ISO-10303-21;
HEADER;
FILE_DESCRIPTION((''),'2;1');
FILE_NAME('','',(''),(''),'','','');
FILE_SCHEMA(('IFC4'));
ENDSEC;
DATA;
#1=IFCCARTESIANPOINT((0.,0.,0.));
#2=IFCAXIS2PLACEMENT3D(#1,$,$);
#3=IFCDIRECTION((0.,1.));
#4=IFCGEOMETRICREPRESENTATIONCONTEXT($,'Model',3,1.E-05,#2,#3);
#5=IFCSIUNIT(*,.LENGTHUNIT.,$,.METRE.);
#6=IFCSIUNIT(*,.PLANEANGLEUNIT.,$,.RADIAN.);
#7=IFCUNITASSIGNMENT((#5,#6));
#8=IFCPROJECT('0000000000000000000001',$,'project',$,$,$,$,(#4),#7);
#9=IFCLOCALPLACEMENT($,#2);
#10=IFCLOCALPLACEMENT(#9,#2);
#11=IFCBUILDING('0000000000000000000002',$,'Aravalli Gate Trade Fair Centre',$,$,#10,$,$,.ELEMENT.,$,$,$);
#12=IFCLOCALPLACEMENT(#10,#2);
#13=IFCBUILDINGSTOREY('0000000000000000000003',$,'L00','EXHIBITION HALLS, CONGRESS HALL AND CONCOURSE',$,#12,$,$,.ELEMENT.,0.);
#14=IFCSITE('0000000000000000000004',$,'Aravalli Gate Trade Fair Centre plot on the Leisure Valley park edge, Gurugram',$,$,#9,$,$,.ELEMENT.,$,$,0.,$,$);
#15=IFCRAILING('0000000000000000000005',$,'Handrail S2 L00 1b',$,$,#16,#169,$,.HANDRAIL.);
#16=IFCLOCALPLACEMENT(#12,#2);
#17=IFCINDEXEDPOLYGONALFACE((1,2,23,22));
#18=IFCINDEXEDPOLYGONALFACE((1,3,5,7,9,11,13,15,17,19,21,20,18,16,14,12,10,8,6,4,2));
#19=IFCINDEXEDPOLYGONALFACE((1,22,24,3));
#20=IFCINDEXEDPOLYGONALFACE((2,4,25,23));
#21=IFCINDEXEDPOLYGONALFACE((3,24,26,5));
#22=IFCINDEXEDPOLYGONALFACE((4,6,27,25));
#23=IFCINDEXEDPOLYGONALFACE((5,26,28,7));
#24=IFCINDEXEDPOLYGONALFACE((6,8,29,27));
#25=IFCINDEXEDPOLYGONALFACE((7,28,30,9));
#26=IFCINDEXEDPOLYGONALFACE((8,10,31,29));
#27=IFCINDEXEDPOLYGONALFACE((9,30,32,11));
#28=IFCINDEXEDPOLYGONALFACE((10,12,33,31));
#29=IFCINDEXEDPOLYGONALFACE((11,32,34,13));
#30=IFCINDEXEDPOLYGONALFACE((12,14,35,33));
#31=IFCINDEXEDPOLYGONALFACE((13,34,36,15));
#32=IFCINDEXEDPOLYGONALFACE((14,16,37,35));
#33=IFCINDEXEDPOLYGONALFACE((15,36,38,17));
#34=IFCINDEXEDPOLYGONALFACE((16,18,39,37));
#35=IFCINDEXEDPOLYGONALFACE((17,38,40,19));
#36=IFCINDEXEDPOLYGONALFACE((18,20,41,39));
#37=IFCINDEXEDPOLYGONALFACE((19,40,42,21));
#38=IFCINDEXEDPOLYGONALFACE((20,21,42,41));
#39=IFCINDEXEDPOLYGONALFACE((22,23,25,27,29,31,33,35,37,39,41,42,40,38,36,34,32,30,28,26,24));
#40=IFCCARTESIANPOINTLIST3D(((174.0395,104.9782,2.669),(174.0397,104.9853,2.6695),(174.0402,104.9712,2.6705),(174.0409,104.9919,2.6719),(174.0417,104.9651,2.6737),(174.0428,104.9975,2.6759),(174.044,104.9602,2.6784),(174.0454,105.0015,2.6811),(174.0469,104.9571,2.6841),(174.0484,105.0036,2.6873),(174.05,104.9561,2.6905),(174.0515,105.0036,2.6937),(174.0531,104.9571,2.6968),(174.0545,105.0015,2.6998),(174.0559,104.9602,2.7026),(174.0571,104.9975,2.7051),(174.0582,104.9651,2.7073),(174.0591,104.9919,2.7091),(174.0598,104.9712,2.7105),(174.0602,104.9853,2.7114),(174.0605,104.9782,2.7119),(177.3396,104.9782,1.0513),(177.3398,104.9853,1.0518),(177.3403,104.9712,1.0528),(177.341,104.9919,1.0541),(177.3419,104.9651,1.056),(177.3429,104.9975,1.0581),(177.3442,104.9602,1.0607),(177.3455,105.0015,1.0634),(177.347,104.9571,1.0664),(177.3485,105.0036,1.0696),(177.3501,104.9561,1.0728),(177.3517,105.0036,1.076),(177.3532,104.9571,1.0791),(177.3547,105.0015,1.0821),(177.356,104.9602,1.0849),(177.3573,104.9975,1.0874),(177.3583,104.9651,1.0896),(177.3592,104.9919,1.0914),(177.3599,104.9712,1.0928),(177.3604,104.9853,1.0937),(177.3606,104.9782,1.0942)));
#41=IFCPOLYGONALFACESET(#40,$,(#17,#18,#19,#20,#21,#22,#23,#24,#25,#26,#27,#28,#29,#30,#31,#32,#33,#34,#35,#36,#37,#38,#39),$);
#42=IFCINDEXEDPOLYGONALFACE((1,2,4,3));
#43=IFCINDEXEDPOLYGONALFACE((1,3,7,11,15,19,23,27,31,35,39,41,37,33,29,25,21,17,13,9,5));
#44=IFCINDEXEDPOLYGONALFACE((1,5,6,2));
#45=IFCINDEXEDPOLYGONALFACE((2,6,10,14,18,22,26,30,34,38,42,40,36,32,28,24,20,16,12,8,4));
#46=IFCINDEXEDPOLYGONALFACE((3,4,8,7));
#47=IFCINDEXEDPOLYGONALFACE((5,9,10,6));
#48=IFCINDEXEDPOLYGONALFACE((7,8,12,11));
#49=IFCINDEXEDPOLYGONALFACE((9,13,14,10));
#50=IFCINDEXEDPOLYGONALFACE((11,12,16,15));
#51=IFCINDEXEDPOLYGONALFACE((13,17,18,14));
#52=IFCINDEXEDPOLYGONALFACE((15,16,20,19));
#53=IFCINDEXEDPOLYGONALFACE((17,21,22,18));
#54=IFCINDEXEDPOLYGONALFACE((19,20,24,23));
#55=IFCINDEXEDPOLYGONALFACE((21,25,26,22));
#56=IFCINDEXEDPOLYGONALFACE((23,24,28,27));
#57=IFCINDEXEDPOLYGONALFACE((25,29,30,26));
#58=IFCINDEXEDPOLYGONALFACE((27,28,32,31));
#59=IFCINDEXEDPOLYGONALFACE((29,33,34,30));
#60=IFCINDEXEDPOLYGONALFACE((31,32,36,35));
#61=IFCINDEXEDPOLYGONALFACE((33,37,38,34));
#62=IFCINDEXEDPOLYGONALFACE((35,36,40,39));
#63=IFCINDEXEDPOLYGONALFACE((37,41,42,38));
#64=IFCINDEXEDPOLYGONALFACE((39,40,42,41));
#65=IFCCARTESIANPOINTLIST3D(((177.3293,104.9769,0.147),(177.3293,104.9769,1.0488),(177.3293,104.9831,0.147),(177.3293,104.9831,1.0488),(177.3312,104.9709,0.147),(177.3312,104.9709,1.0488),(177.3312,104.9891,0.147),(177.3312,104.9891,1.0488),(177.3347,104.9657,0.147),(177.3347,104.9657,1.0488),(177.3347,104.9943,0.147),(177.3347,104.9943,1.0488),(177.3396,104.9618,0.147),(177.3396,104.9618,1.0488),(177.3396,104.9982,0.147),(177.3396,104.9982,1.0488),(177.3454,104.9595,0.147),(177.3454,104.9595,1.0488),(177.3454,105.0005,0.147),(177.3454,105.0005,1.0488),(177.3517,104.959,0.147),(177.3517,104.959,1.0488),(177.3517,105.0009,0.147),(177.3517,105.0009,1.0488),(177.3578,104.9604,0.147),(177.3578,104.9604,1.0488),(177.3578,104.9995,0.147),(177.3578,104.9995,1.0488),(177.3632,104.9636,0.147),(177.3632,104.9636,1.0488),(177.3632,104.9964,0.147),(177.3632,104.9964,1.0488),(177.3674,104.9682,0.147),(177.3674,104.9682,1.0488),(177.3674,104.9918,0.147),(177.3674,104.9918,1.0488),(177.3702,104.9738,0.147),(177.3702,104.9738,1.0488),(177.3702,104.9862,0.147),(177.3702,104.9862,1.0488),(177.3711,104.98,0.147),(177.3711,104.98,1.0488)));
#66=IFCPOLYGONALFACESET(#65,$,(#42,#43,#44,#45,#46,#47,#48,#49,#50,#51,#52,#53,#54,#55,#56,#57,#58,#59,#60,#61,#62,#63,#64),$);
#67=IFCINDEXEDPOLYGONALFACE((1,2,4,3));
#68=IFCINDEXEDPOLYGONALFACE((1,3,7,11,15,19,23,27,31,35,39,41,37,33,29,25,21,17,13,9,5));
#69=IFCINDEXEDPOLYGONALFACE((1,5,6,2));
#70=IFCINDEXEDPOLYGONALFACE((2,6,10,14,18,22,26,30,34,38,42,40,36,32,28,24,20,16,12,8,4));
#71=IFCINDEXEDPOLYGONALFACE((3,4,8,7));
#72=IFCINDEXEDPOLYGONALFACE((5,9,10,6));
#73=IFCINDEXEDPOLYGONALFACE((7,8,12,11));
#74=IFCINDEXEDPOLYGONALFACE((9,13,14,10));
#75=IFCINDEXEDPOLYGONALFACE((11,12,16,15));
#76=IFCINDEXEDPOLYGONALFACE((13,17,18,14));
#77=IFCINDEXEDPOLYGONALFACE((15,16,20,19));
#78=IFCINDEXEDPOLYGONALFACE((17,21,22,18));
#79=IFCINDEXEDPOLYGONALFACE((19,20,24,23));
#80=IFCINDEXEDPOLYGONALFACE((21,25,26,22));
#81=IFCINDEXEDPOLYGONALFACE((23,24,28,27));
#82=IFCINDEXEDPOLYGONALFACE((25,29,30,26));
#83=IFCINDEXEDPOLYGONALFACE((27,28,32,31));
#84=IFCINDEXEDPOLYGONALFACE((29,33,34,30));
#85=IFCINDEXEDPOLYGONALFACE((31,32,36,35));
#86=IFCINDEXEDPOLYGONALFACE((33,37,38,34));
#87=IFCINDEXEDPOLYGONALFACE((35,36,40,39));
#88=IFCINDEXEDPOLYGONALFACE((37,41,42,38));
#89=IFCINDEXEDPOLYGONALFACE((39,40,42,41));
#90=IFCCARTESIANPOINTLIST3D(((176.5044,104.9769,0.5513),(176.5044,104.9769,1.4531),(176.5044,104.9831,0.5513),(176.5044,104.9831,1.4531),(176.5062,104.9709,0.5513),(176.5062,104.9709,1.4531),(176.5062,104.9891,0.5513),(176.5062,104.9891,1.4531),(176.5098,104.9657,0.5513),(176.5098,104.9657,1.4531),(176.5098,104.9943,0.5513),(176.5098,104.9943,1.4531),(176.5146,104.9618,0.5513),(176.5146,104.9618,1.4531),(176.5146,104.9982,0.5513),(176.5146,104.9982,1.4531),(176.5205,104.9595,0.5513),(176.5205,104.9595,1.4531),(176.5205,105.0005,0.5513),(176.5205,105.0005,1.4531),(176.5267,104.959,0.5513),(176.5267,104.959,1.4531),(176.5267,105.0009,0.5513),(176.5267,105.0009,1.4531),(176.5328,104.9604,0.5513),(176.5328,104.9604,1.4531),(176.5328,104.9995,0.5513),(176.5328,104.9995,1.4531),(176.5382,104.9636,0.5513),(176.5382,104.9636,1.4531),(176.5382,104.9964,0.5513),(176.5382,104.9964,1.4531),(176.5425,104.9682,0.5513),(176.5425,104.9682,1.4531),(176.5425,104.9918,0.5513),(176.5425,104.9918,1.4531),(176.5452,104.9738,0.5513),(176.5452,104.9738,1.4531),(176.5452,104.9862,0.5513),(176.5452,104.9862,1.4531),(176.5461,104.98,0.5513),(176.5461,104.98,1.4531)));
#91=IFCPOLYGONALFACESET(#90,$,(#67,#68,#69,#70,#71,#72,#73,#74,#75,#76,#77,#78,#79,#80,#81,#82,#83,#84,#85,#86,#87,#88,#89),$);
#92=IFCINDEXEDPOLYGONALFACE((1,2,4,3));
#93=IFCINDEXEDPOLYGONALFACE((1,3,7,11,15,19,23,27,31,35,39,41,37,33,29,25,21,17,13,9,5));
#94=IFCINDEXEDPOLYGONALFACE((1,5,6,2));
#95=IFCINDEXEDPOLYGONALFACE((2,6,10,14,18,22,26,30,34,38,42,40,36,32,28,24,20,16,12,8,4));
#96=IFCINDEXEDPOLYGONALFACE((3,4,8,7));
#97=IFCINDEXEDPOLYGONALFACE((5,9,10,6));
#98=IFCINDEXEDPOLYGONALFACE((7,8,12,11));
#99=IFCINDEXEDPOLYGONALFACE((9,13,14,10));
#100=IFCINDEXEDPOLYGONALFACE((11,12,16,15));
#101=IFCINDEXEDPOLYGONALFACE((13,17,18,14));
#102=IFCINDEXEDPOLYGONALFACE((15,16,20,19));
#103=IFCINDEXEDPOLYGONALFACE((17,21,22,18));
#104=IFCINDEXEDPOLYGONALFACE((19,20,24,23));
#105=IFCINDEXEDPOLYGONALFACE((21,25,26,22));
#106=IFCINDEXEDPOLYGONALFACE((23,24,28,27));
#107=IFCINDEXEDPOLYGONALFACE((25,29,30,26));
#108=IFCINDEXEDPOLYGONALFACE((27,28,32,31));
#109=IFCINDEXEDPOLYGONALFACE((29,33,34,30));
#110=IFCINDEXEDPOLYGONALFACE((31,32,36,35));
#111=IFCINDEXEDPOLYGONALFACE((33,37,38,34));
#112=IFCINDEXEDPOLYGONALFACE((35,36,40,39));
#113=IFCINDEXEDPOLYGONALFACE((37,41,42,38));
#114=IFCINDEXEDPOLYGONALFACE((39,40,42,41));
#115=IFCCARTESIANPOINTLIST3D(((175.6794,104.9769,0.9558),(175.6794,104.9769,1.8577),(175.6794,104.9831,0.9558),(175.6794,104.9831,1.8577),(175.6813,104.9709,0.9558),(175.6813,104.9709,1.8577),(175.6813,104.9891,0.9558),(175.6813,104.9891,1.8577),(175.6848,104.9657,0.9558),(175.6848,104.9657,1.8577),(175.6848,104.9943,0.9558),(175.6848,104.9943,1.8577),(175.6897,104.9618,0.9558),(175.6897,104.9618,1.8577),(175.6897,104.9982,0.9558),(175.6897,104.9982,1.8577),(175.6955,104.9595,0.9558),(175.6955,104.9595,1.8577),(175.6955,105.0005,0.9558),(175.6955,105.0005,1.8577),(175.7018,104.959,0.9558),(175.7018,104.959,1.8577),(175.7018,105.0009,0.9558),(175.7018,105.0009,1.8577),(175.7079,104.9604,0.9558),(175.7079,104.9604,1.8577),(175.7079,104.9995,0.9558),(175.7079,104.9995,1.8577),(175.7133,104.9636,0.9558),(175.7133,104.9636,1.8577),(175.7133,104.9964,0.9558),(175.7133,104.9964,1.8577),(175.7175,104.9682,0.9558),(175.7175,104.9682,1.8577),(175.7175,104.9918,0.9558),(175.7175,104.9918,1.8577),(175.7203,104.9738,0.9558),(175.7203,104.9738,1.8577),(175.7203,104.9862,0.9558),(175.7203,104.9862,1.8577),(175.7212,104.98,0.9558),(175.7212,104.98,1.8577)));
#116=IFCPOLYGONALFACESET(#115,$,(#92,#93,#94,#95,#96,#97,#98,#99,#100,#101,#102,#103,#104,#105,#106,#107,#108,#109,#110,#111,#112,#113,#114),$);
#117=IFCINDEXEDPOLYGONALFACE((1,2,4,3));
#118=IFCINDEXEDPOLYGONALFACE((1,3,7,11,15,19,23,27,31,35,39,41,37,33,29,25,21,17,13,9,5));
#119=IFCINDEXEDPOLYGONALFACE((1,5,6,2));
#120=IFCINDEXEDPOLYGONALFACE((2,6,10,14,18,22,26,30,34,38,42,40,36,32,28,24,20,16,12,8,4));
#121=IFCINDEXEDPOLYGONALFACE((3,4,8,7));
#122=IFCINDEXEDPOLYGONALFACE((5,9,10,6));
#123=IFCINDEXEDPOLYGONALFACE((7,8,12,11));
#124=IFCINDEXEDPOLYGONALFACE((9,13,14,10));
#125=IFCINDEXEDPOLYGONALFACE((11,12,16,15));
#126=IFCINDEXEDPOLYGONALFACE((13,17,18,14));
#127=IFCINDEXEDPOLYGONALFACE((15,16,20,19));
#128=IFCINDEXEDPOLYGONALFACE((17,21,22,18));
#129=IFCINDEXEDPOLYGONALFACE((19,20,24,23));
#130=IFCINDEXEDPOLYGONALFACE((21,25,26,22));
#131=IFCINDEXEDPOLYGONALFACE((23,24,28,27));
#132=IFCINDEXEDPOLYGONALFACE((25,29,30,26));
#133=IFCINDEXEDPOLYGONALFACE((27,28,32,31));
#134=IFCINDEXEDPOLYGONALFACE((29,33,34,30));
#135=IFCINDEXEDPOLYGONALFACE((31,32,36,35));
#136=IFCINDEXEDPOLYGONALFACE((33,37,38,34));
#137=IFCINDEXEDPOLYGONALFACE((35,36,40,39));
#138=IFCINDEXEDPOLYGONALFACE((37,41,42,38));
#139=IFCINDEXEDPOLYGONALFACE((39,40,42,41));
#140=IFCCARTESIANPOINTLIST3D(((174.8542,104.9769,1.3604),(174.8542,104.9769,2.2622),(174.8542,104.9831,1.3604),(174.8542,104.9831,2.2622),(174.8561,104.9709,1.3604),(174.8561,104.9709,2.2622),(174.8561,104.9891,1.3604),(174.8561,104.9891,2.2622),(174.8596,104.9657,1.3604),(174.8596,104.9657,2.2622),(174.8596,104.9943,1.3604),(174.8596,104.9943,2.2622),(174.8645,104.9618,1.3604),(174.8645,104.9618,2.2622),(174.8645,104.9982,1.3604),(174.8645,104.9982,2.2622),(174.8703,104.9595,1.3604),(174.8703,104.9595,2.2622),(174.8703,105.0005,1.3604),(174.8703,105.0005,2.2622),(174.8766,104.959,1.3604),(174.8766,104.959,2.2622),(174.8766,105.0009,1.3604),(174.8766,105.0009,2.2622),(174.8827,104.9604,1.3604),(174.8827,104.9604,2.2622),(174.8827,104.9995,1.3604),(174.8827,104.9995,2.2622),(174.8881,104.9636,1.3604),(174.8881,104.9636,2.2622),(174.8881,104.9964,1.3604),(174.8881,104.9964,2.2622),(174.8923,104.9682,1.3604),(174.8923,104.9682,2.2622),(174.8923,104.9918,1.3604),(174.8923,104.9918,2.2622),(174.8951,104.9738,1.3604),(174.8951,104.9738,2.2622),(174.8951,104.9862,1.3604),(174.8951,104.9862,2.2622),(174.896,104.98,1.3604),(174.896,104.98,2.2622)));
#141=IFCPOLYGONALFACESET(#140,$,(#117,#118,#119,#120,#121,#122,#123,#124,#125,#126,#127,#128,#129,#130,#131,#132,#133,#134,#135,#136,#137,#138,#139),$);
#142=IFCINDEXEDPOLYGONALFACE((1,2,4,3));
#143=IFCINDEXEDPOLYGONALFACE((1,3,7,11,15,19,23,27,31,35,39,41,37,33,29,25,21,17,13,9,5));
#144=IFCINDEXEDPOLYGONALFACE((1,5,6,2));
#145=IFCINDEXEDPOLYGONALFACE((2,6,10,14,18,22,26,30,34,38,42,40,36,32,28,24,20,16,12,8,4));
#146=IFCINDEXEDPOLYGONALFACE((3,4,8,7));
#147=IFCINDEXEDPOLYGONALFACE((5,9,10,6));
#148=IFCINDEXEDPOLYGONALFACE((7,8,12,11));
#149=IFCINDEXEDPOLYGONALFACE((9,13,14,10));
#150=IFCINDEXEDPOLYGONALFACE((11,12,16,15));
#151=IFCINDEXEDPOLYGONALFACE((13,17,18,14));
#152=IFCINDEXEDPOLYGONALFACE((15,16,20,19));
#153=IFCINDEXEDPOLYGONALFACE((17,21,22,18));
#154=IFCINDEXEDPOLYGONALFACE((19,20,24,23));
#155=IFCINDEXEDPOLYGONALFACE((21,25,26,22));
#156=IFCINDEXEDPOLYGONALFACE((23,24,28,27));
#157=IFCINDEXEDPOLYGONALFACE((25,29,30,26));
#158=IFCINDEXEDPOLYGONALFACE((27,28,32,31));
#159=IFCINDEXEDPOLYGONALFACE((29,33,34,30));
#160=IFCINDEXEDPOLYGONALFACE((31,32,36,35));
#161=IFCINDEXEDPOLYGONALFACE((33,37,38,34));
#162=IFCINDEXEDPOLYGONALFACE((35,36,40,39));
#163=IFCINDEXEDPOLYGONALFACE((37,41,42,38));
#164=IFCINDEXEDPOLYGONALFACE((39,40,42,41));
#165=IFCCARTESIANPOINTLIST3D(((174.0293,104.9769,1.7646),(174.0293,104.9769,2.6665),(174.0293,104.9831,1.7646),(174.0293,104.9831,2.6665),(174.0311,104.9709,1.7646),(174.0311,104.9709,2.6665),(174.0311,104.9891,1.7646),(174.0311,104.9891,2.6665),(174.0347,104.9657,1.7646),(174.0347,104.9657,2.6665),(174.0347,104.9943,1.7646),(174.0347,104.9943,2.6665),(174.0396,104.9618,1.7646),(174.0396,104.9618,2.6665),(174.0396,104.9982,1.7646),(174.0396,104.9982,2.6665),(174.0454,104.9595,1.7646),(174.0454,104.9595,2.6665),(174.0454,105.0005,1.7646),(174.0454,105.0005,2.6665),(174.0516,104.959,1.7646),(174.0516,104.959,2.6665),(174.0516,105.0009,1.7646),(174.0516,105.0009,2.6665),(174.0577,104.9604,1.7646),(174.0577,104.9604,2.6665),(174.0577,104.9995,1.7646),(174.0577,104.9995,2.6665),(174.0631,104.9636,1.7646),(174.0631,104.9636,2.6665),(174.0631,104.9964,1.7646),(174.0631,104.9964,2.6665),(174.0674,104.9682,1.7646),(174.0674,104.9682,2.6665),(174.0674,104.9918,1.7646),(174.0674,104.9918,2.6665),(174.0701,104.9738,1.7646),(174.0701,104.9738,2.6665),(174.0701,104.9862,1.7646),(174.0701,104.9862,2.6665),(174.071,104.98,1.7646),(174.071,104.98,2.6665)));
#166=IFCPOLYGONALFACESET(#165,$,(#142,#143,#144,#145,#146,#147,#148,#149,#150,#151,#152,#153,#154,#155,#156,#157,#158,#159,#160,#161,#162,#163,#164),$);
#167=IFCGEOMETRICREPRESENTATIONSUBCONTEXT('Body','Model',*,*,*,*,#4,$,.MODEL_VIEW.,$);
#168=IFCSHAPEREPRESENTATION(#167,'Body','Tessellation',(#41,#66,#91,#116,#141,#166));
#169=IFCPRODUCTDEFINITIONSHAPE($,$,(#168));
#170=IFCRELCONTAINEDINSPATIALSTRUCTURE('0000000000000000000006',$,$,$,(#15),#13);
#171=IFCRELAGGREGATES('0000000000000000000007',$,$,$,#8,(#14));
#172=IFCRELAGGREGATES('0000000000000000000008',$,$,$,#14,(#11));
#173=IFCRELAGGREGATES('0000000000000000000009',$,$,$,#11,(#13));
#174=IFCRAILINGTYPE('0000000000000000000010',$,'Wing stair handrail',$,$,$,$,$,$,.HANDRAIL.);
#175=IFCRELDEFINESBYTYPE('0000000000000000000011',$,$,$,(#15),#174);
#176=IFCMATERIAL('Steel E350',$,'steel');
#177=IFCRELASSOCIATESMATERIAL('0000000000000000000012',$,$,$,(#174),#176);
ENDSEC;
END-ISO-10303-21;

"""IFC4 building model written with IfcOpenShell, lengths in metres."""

from ifc_helpers import new_model, si_unit, direction, frame, origin, origin_2d, place, context, subcontext, project, spatial, circle, extrude, material, type_object, element, save


model = new_model("IFC4")

# Units and contexts
model_context = context("Model", 3, precision=1e-05, world=origin(), true_north=direction((0.0, 1.0)))
body_context = subcontext(model_context, "Body", "Model", "MODEL_VIEW")
ifc_project = project(units=[si_unit("LENGTHUNIT", "METRE"), si_unit("PLANEANGLEUNIT", "RADIAN")], contexts=[model_context])

# Site, building, storey
site_placement = place(None, origin())
site = spatial("IfcSite", under=ifc_project, at=site_placement, Name="Aravalli Gate Trade Fair Centre plot on the Leisure Valley park edge, Gurugram", CompositionType="ELEMENT", RefElevation=0.0)
building_placement = place(site_placement, origin())
building = spatial("IfcBuilding", under=site, at=building_placement, Name="Aravalli Gate Trade Fair Centre", CompositionType="ELEMENT")
storey_placement = place(building_placement, origin())
storey = spatial("IfcBuildingStorey", under=building, at=storey_placement, Name="L00", Description="EXHIBITION HALLS, CONGRESS HALL AND CONCOURSE", CompositionType="ELEMENT", Elevation=0.0)

# Shared definitions
ifc_material_1 = material(Name="Steel E350", Category="steel")

# Railing
railing_type = type_object("IfcRailingType", Name="Wing stair handrail", PredefinedType="HANDRAIL", material=ifc_material_1)
for number, where, name in (
    (1, (177.3501, 104.98, 0.147), "Handrail S2 L00 1b"),
):
    element("IfcRailing", number, at=place(storey_placement, frame(where)), inside=storey, type_object=railing_type, Name=name, PredefinedType="HANDRAIL", context=body_context, shape_type="SweptSolid", body=[
        extrude(circle(Radius=0.0239, at=origin_2d()), frame((0.0, 0.0, 0.9258), z_axis=(-0.89792, 0.0, 0.440158), x_axis=(0.0, -1.0, 0.0)), (0.0, 0.0, 1.0), 3.6753),
        extrude(circle(Radius=0.021, at=origin_2d()), origin(), (0.0, 0.0, 1.0), 0.9019),
        extrude(circle(Radius=0.021, at=origin_2d()), frame((-0.825, 0.0, 0.4043)), (0.0, 0.0, 1.0), 0.9019),
        extrude(circle(Radius=0.021, at=origin_2d()), frame((-1.6499, 0.0, 0.8088)), (0.0, 0.0, 1.0), 0.9019),
        extrude(circle(Radius=0.021, at=origin_2d()), frame((-2.4751, 0.0, 1.2134)), (0.0, 0.0, 1.0), 0.9019),
        extrude(circle(Radius=0.021, at=origin_2d()), frame((-3.3, 0.0, 1.6177)), (0.0, 0.0, 1.0), 0.9019),
    ])

save(model, "model.ifc")
